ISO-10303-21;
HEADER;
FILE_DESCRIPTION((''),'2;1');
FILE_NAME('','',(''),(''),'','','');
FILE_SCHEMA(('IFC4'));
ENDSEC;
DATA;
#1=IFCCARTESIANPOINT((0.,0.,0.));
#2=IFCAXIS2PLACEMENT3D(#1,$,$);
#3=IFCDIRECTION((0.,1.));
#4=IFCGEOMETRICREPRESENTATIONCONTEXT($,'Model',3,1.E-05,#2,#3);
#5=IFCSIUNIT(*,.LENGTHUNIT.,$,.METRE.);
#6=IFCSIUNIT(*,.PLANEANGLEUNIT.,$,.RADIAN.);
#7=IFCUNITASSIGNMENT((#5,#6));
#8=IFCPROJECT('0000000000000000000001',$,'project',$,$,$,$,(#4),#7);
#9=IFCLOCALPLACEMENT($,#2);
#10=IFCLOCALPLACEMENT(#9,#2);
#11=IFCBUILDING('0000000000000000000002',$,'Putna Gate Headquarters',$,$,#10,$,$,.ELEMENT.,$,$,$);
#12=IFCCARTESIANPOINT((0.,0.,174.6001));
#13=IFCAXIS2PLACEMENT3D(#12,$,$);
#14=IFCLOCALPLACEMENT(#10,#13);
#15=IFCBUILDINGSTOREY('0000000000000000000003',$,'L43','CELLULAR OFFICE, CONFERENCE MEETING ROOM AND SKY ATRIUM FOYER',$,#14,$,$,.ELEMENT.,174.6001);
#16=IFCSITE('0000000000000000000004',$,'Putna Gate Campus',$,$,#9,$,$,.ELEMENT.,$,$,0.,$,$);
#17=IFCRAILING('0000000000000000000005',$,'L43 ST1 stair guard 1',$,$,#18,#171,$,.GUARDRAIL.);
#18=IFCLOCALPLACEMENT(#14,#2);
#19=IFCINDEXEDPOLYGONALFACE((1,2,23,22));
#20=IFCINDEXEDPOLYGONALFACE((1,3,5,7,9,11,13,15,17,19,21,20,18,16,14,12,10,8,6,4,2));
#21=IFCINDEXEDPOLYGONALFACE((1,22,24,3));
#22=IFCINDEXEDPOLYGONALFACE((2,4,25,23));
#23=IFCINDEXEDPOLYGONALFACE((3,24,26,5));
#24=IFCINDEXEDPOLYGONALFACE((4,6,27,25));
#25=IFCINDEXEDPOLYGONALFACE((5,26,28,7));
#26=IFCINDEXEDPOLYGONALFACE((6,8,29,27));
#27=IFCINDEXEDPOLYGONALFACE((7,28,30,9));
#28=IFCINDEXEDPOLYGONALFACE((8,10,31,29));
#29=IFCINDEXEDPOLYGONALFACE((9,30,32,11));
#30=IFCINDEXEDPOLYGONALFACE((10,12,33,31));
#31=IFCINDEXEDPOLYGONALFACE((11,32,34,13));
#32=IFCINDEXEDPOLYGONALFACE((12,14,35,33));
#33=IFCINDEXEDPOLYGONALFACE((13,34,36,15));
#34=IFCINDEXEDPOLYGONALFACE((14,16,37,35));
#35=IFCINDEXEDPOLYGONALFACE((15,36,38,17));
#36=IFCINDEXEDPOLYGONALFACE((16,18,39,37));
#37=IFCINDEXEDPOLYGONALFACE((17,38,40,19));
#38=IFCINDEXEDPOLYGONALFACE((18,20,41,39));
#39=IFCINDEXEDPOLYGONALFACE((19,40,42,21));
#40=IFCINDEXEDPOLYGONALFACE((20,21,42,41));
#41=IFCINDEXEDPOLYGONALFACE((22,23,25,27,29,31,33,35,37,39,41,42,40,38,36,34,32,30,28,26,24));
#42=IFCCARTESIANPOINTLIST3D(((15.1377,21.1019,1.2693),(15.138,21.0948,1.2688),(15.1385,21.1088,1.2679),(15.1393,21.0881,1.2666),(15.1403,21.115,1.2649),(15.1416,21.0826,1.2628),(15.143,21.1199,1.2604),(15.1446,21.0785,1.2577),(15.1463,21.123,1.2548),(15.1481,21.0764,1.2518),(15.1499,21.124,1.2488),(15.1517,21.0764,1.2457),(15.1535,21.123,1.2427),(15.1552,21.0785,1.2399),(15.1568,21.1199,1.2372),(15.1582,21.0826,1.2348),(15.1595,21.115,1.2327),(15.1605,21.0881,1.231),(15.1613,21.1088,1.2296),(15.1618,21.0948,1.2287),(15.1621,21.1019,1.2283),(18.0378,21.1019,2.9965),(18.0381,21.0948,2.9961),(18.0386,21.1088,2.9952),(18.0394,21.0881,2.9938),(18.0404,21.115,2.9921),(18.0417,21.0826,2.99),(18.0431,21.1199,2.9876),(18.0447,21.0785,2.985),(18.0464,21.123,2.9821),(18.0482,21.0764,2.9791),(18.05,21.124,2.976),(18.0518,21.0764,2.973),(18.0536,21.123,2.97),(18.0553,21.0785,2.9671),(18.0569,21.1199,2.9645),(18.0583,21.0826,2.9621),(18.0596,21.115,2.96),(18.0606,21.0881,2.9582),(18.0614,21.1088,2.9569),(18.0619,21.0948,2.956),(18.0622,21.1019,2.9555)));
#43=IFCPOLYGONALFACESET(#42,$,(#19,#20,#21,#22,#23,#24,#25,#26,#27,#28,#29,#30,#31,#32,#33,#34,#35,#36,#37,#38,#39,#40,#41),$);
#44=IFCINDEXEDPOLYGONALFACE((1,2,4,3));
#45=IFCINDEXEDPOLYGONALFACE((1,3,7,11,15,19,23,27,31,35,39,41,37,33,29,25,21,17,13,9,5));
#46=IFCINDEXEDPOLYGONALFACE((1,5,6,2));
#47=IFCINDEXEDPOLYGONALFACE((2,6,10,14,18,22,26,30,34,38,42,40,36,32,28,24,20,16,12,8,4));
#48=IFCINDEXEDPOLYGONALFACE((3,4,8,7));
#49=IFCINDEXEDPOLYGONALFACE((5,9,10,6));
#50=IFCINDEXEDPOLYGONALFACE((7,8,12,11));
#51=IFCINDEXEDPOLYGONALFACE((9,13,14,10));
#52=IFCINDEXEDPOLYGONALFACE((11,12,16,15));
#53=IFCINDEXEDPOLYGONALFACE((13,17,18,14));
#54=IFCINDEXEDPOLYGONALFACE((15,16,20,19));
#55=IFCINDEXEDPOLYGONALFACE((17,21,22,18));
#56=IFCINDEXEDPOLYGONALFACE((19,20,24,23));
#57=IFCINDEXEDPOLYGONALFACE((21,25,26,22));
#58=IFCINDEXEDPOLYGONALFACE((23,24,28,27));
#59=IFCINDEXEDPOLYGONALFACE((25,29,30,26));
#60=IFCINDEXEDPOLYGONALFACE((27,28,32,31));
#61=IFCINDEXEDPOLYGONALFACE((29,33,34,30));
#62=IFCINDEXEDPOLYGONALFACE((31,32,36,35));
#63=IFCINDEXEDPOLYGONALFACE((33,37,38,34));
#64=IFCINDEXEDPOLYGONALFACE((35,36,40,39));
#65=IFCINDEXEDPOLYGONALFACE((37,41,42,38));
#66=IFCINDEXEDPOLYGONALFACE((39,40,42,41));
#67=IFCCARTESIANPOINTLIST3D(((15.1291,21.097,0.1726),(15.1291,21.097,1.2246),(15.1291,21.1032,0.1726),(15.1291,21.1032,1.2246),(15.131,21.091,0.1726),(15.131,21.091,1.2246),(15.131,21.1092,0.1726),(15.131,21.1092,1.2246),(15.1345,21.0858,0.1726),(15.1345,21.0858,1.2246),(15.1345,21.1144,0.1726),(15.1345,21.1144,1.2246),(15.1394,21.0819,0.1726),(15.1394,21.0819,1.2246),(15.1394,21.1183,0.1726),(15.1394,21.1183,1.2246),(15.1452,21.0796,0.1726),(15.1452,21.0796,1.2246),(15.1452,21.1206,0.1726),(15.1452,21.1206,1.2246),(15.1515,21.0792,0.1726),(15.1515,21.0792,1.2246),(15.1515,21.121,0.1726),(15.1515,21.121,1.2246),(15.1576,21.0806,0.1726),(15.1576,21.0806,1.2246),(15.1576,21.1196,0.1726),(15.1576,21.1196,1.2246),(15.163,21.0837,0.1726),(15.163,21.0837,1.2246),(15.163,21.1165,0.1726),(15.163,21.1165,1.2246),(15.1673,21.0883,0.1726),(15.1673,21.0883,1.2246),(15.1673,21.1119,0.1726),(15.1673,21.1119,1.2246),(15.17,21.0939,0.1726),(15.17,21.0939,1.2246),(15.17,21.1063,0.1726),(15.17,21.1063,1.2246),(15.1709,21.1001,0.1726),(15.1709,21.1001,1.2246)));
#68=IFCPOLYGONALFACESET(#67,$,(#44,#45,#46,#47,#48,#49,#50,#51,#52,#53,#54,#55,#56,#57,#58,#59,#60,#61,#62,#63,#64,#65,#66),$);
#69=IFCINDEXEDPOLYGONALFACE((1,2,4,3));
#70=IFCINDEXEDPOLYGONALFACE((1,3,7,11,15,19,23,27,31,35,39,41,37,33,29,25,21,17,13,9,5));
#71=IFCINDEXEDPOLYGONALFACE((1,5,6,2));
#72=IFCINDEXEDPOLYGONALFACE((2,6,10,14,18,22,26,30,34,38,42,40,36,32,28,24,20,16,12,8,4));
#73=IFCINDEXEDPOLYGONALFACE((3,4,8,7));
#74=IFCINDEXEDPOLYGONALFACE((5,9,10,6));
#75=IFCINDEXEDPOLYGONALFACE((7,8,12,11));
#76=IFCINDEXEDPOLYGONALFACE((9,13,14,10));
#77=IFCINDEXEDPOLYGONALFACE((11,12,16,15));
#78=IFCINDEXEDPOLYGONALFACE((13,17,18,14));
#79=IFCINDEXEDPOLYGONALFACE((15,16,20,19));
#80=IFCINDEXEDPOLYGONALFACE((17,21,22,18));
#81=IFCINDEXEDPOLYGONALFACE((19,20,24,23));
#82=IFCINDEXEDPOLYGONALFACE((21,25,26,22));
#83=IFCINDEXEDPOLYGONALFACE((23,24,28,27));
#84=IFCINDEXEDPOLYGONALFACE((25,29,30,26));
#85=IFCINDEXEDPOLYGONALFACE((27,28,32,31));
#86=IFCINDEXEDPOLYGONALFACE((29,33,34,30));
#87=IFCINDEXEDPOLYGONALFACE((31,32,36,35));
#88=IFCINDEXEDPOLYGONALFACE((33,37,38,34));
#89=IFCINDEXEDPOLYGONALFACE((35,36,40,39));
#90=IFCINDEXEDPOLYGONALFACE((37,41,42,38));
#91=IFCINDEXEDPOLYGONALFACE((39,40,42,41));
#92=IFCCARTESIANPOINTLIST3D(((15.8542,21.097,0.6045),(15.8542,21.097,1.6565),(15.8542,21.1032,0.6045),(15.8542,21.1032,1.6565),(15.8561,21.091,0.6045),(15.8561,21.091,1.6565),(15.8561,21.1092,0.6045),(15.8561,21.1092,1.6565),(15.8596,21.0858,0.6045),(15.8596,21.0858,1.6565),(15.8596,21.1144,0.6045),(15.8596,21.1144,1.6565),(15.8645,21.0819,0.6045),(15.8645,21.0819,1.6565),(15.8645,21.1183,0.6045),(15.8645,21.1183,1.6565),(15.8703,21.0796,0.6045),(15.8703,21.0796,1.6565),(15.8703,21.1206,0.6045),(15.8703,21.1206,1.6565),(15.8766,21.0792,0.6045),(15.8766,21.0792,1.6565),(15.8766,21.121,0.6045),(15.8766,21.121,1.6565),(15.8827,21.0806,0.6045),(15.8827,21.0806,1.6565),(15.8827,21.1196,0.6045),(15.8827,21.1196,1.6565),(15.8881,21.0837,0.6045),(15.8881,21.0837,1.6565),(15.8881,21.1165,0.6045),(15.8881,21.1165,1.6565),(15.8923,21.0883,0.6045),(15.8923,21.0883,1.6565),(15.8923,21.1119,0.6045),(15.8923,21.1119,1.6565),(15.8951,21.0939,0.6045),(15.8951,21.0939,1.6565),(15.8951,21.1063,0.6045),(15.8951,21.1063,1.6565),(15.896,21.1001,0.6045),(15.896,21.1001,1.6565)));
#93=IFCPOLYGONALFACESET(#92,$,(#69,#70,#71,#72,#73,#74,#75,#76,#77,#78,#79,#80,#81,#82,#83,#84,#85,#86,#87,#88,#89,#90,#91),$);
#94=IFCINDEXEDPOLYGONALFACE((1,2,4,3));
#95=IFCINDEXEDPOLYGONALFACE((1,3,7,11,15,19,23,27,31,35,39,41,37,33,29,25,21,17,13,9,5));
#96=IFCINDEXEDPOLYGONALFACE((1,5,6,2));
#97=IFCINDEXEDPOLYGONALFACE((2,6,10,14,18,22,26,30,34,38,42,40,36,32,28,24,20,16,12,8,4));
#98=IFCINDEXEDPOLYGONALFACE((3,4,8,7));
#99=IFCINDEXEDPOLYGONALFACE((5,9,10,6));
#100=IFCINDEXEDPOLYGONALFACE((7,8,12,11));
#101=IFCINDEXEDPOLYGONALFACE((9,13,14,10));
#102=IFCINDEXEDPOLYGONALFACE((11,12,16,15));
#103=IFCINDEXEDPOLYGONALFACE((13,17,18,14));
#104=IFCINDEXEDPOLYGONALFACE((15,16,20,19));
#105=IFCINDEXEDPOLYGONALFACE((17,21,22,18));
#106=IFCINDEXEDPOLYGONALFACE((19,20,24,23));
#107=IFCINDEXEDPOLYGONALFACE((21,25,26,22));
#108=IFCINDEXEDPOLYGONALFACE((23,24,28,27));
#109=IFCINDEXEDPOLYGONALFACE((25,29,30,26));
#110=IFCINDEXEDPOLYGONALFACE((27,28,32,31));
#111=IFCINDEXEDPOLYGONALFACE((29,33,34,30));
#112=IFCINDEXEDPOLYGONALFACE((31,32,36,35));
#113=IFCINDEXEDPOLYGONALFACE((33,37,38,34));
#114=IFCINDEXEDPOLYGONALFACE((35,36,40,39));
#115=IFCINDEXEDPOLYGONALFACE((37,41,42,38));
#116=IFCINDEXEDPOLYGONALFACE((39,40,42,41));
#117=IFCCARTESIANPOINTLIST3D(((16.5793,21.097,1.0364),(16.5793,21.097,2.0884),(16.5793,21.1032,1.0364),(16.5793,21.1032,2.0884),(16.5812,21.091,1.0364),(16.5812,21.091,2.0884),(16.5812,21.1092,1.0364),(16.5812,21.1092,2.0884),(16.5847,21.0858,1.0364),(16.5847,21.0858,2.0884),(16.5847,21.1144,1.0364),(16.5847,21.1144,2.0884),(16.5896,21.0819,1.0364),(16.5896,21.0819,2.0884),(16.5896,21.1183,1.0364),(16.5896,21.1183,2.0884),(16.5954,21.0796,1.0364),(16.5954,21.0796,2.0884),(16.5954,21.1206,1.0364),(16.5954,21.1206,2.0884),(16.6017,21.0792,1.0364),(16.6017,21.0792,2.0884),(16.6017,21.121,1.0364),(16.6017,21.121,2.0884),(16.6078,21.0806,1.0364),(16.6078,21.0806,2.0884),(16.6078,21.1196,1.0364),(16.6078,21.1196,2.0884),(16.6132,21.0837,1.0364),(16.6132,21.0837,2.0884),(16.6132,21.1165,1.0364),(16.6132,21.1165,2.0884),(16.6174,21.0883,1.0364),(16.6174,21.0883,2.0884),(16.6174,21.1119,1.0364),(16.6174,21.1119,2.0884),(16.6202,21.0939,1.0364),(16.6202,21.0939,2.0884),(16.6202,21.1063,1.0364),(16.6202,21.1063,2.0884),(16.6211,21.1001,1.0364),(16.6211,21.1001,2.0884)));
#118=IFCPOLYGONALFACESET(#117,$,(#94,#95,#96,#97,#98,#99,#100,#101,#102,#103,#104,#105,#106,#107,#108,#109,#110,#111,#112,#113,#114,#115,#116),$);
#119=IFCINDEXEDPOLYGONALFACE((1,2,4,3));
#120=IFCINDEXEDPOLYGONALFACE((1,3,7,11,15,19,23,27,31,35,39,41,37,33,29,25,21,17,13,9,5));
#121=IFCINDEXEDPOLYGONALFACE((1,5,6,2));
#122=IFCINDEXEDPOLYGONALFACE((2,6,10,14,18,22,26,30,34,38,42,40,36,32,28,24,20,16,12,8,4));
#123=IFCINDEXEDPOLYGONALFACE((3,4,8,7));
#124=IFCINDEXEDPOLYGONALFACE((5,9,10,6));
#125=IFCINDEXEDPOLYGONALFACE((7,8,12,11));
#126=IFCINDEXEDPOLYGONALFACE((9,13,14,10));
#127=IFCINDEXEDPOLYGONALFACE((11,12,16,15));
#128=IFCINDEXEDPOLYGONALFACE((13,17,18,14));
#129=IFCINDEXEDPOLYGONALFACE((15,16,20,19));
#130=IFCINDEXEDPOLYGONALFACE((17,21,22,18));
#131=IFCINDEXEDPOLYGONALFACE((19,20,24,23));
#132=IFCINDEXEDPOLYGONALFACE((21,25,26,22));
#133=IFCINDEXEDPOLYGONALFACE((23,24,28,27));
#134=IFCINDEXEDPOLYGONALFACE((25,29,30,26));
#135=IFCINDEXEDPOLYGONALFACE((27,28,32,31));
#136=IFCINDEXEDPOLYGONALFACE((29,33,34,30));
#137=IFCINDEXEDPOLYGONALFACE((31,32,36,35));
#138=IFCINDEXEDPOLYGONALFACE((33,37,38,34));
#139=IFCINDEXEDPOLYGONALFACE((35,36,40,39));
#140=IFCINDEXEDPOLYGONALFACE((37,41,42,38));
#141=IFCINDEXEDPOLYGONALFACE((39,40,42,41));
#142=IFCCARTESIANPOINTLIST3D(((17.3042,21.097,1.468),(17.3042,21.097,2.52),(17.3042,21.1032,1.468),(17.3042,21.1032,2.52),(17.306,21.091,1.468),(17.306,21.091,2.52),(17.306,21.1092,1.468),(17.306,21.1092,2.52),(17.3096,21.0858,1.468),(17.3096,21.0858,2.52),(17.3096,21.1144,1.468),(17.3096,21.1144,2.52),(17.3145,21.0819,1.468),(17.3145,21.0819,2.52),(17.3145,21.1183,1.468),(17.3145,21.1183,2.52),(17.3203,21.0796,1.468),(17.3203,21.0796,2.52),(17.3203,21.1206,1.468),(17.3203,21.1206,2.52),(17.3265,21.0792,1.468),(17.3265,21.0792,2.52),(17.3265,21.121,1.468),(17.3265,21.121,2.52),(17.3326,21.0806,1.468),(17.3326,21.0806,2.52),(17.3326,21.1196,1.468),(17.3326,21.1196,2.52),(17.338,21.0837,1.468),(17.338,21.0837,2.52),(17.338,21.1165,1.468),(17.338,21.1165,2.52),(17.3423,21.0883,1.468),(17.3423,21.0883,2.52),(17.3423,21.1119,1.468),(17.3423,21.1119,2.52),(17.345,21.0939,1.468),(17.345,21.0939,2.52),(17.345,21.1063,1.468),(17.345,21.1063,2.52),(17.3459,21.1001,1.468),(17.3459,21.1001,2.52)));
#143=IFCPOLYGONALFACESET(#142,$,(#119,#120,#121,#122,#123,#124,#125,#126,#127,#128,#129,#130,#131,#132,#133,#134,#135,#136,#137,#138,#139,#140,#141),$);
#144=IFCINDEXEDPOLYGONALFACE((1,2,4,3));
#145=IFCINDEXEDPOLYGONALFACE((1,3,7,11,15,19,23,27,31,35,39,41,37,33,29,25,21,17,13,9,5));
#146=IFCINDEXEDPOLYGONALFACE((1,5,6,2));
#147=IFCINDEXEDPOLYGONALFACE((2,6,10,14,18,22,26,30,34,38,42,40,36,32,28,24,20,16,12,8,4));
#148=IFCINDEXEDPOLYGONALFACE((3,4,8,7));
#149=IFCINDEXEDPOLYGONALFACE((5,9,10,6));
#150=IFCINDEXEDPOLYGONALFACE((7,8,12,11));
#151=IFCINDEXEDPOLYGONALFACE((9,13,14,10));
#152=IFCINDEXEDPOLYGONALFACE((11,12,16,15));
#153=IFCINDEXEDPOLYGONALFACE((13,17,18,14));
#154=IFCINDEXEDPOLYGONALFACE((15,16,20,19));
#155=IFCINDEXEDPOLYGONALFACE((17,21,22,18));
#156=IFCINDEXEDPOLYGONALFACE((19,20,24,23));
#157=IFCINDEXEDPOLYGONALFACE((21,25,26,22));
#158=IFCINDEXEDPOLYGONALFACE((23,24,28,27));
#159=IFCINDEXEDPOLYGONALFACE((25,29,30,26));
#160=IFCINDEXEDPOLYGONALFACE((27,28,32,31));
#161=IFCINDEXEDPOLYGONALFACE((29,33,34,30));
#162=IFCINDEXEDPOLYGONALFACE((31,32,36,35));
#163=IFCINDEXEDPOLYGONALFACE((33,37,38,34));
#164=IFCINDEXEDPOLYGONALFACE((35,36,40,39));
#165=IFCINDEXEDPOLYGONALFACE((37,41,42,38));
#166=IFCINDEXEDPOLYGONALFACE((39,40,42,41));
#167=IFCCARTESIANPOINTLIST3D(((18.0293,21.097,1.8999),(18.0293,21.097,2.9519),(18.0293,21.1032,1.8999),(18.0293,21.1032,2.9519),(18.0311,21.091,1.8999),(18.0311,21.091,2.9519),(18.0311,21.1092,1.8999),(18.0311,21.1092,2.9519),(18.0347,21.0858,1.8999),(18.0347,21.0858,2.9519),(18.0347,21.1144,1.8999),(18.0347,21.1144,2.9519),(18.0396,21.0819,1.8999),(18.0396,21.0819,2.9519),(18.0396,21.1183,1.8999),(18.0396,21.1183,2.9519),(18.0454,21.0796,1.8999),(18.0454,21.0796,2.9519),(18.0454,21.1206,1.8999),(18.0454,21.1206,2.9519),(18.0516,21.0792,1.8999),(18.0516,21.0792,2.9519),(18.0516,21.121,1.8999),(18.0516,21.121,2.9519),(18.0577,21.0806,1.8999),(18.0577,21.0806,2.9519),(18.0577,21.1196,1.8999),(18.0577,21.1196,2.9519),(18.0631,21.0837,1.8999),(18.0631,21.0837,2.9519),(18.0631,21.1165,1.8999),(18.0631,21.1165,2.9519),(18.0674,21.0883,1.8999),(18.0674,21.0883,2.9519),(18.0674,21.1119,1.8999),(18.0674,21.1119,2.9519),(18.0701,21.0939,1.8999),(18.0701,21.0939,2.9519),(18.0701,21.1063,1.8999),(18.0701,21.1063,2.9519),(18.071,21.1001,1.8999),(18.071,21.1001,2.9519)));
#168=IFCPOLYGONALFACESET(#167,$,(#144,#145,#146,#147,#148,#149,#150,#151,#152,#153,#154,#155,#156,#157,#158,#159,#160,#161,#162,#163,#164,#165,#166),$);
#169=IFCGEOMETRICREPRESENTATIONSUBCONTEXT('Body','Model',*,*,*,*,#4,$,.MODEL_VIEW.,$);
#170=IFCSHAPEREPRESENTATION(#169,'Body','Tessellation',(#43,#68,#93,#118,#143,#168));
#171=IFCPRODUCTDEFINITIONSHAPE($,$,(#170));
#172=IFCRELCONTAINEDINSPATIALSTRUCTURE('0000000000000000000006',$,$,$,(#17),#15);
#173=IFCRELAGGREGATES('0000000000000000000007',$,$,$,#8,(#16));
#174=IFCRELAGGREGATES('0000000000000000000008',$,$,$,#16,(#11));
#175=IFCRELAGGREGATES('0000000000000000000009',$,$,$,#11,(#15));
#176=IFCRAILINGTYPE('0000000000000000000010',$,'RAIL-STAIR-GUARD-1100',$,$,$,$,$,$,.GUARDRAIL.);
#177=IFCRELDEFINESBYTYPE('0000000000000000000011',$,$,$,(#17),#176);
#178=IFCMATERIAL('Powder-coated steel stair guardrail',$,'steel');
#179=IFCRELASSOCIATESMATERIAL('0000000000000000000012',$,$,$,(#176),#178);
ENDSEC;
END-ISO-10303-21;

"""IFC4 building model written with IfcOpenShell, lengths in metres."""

from ifc_helpers import new_model, si_unit, direction, frame, origin, origin_2d, place, context, subcontext, project, spatial, circle, extrude, material, type_object, element, save


model = new_model("IFC4")

# Units and contexts
model_context = context("Model", 3, precision=1e-05, world=origin(), true_north=direction((0.0, 1.0)))
body_context = subcontext(model_context, "Body", "Model", "MODEL_VIEW")
ifc_project = project(units=[si_unit("LENGTHUNIT", "METRE"), si_unit("PLANEANGLEUNIT", "RADIAN")], contexts=[model_context])

# Site, building, storey
site_placement = place(None, origin())
site = spatial("IfcSite", under=ifc_project, at=site_placement, Name="Putna Gate Campus", CompositionType="ELEMENT", RefElevation=0.0)
building_placement = place(site_placement, origin())
building = spatial("IfcBuilding", under=site, at=building_placement, Name="Putna Gate Headquarters", CompositionType="ELEMENT")
storey_placement = place(building_placement, frame((0.0, 0.0, 174.6001)))
storey = spatial("IfcBuildingStorey", under=building, at=storey_placement, Name="L43", Description="CELLULAR OFFICE, CONFERENCE MEETING ROOM AND SKY ATRIUM FOYER", CompositionType="ELEMENT", Elevation=174.6001)

# Railing
ifc_material_1 = material(Name="Powder-coated steel stair guardrail", Category="steel")
railing_type = type_object("IfcRailingType", Name="RAIL-STAIR-GUARD-1100", PredefinedType="GUARDRAIL", material=ifc_material_1)
railing_1_placement = place(storey_placement, frame((15.1499, 21.1001, 0.1726)))
element("IfcRailing", 1, at=railing_1_placement, inside=storey, type_object=railing_type, Name="L43 ST1 stair guard 1", PredefinedType="GUARDRAIL", context=body_context, shape_type="SweptSolid", body=[
    extrude(circle(Radius=0.0239, at=origin_2d()), frame((0.0, 0.0, 1.0762), z_axis=(0.85916, 0.0, 0.511706), x_axis=(0.0, 1.0, 0.0)), (0.0, 0.0, 1.0), 3.3755),
    extrude(circle(Radius=0.021, at=origin_2d()), origin(), (0.0, 0.0, 1.0), 1.052),
    extrude(circle(Radius=0.021, at=origin_2d()), frame((0.7251, 0.0, 0.4319)), (0.0, 0.0, 1.0), 1.052),
    extrude(circle(Radius=0.021, at=origin_2d()), frame((1.4502, 0.0, 0.8638)), (0.0, 0.0, 1.0), 1.052),
    extrude(circle(Radius=0.021, at=origin_2d()), frame((2.175, 0.0, 1.2954)), (0.0, 0.0, 1.0), 1.052),
    extrude(circle(Radius=0.021, at=origin_2d()), frame((2.9001, 0.0, 1.7273)), (0.0, 0.0, 1.0), 1.052),
])

save(model, "model.ifc")
